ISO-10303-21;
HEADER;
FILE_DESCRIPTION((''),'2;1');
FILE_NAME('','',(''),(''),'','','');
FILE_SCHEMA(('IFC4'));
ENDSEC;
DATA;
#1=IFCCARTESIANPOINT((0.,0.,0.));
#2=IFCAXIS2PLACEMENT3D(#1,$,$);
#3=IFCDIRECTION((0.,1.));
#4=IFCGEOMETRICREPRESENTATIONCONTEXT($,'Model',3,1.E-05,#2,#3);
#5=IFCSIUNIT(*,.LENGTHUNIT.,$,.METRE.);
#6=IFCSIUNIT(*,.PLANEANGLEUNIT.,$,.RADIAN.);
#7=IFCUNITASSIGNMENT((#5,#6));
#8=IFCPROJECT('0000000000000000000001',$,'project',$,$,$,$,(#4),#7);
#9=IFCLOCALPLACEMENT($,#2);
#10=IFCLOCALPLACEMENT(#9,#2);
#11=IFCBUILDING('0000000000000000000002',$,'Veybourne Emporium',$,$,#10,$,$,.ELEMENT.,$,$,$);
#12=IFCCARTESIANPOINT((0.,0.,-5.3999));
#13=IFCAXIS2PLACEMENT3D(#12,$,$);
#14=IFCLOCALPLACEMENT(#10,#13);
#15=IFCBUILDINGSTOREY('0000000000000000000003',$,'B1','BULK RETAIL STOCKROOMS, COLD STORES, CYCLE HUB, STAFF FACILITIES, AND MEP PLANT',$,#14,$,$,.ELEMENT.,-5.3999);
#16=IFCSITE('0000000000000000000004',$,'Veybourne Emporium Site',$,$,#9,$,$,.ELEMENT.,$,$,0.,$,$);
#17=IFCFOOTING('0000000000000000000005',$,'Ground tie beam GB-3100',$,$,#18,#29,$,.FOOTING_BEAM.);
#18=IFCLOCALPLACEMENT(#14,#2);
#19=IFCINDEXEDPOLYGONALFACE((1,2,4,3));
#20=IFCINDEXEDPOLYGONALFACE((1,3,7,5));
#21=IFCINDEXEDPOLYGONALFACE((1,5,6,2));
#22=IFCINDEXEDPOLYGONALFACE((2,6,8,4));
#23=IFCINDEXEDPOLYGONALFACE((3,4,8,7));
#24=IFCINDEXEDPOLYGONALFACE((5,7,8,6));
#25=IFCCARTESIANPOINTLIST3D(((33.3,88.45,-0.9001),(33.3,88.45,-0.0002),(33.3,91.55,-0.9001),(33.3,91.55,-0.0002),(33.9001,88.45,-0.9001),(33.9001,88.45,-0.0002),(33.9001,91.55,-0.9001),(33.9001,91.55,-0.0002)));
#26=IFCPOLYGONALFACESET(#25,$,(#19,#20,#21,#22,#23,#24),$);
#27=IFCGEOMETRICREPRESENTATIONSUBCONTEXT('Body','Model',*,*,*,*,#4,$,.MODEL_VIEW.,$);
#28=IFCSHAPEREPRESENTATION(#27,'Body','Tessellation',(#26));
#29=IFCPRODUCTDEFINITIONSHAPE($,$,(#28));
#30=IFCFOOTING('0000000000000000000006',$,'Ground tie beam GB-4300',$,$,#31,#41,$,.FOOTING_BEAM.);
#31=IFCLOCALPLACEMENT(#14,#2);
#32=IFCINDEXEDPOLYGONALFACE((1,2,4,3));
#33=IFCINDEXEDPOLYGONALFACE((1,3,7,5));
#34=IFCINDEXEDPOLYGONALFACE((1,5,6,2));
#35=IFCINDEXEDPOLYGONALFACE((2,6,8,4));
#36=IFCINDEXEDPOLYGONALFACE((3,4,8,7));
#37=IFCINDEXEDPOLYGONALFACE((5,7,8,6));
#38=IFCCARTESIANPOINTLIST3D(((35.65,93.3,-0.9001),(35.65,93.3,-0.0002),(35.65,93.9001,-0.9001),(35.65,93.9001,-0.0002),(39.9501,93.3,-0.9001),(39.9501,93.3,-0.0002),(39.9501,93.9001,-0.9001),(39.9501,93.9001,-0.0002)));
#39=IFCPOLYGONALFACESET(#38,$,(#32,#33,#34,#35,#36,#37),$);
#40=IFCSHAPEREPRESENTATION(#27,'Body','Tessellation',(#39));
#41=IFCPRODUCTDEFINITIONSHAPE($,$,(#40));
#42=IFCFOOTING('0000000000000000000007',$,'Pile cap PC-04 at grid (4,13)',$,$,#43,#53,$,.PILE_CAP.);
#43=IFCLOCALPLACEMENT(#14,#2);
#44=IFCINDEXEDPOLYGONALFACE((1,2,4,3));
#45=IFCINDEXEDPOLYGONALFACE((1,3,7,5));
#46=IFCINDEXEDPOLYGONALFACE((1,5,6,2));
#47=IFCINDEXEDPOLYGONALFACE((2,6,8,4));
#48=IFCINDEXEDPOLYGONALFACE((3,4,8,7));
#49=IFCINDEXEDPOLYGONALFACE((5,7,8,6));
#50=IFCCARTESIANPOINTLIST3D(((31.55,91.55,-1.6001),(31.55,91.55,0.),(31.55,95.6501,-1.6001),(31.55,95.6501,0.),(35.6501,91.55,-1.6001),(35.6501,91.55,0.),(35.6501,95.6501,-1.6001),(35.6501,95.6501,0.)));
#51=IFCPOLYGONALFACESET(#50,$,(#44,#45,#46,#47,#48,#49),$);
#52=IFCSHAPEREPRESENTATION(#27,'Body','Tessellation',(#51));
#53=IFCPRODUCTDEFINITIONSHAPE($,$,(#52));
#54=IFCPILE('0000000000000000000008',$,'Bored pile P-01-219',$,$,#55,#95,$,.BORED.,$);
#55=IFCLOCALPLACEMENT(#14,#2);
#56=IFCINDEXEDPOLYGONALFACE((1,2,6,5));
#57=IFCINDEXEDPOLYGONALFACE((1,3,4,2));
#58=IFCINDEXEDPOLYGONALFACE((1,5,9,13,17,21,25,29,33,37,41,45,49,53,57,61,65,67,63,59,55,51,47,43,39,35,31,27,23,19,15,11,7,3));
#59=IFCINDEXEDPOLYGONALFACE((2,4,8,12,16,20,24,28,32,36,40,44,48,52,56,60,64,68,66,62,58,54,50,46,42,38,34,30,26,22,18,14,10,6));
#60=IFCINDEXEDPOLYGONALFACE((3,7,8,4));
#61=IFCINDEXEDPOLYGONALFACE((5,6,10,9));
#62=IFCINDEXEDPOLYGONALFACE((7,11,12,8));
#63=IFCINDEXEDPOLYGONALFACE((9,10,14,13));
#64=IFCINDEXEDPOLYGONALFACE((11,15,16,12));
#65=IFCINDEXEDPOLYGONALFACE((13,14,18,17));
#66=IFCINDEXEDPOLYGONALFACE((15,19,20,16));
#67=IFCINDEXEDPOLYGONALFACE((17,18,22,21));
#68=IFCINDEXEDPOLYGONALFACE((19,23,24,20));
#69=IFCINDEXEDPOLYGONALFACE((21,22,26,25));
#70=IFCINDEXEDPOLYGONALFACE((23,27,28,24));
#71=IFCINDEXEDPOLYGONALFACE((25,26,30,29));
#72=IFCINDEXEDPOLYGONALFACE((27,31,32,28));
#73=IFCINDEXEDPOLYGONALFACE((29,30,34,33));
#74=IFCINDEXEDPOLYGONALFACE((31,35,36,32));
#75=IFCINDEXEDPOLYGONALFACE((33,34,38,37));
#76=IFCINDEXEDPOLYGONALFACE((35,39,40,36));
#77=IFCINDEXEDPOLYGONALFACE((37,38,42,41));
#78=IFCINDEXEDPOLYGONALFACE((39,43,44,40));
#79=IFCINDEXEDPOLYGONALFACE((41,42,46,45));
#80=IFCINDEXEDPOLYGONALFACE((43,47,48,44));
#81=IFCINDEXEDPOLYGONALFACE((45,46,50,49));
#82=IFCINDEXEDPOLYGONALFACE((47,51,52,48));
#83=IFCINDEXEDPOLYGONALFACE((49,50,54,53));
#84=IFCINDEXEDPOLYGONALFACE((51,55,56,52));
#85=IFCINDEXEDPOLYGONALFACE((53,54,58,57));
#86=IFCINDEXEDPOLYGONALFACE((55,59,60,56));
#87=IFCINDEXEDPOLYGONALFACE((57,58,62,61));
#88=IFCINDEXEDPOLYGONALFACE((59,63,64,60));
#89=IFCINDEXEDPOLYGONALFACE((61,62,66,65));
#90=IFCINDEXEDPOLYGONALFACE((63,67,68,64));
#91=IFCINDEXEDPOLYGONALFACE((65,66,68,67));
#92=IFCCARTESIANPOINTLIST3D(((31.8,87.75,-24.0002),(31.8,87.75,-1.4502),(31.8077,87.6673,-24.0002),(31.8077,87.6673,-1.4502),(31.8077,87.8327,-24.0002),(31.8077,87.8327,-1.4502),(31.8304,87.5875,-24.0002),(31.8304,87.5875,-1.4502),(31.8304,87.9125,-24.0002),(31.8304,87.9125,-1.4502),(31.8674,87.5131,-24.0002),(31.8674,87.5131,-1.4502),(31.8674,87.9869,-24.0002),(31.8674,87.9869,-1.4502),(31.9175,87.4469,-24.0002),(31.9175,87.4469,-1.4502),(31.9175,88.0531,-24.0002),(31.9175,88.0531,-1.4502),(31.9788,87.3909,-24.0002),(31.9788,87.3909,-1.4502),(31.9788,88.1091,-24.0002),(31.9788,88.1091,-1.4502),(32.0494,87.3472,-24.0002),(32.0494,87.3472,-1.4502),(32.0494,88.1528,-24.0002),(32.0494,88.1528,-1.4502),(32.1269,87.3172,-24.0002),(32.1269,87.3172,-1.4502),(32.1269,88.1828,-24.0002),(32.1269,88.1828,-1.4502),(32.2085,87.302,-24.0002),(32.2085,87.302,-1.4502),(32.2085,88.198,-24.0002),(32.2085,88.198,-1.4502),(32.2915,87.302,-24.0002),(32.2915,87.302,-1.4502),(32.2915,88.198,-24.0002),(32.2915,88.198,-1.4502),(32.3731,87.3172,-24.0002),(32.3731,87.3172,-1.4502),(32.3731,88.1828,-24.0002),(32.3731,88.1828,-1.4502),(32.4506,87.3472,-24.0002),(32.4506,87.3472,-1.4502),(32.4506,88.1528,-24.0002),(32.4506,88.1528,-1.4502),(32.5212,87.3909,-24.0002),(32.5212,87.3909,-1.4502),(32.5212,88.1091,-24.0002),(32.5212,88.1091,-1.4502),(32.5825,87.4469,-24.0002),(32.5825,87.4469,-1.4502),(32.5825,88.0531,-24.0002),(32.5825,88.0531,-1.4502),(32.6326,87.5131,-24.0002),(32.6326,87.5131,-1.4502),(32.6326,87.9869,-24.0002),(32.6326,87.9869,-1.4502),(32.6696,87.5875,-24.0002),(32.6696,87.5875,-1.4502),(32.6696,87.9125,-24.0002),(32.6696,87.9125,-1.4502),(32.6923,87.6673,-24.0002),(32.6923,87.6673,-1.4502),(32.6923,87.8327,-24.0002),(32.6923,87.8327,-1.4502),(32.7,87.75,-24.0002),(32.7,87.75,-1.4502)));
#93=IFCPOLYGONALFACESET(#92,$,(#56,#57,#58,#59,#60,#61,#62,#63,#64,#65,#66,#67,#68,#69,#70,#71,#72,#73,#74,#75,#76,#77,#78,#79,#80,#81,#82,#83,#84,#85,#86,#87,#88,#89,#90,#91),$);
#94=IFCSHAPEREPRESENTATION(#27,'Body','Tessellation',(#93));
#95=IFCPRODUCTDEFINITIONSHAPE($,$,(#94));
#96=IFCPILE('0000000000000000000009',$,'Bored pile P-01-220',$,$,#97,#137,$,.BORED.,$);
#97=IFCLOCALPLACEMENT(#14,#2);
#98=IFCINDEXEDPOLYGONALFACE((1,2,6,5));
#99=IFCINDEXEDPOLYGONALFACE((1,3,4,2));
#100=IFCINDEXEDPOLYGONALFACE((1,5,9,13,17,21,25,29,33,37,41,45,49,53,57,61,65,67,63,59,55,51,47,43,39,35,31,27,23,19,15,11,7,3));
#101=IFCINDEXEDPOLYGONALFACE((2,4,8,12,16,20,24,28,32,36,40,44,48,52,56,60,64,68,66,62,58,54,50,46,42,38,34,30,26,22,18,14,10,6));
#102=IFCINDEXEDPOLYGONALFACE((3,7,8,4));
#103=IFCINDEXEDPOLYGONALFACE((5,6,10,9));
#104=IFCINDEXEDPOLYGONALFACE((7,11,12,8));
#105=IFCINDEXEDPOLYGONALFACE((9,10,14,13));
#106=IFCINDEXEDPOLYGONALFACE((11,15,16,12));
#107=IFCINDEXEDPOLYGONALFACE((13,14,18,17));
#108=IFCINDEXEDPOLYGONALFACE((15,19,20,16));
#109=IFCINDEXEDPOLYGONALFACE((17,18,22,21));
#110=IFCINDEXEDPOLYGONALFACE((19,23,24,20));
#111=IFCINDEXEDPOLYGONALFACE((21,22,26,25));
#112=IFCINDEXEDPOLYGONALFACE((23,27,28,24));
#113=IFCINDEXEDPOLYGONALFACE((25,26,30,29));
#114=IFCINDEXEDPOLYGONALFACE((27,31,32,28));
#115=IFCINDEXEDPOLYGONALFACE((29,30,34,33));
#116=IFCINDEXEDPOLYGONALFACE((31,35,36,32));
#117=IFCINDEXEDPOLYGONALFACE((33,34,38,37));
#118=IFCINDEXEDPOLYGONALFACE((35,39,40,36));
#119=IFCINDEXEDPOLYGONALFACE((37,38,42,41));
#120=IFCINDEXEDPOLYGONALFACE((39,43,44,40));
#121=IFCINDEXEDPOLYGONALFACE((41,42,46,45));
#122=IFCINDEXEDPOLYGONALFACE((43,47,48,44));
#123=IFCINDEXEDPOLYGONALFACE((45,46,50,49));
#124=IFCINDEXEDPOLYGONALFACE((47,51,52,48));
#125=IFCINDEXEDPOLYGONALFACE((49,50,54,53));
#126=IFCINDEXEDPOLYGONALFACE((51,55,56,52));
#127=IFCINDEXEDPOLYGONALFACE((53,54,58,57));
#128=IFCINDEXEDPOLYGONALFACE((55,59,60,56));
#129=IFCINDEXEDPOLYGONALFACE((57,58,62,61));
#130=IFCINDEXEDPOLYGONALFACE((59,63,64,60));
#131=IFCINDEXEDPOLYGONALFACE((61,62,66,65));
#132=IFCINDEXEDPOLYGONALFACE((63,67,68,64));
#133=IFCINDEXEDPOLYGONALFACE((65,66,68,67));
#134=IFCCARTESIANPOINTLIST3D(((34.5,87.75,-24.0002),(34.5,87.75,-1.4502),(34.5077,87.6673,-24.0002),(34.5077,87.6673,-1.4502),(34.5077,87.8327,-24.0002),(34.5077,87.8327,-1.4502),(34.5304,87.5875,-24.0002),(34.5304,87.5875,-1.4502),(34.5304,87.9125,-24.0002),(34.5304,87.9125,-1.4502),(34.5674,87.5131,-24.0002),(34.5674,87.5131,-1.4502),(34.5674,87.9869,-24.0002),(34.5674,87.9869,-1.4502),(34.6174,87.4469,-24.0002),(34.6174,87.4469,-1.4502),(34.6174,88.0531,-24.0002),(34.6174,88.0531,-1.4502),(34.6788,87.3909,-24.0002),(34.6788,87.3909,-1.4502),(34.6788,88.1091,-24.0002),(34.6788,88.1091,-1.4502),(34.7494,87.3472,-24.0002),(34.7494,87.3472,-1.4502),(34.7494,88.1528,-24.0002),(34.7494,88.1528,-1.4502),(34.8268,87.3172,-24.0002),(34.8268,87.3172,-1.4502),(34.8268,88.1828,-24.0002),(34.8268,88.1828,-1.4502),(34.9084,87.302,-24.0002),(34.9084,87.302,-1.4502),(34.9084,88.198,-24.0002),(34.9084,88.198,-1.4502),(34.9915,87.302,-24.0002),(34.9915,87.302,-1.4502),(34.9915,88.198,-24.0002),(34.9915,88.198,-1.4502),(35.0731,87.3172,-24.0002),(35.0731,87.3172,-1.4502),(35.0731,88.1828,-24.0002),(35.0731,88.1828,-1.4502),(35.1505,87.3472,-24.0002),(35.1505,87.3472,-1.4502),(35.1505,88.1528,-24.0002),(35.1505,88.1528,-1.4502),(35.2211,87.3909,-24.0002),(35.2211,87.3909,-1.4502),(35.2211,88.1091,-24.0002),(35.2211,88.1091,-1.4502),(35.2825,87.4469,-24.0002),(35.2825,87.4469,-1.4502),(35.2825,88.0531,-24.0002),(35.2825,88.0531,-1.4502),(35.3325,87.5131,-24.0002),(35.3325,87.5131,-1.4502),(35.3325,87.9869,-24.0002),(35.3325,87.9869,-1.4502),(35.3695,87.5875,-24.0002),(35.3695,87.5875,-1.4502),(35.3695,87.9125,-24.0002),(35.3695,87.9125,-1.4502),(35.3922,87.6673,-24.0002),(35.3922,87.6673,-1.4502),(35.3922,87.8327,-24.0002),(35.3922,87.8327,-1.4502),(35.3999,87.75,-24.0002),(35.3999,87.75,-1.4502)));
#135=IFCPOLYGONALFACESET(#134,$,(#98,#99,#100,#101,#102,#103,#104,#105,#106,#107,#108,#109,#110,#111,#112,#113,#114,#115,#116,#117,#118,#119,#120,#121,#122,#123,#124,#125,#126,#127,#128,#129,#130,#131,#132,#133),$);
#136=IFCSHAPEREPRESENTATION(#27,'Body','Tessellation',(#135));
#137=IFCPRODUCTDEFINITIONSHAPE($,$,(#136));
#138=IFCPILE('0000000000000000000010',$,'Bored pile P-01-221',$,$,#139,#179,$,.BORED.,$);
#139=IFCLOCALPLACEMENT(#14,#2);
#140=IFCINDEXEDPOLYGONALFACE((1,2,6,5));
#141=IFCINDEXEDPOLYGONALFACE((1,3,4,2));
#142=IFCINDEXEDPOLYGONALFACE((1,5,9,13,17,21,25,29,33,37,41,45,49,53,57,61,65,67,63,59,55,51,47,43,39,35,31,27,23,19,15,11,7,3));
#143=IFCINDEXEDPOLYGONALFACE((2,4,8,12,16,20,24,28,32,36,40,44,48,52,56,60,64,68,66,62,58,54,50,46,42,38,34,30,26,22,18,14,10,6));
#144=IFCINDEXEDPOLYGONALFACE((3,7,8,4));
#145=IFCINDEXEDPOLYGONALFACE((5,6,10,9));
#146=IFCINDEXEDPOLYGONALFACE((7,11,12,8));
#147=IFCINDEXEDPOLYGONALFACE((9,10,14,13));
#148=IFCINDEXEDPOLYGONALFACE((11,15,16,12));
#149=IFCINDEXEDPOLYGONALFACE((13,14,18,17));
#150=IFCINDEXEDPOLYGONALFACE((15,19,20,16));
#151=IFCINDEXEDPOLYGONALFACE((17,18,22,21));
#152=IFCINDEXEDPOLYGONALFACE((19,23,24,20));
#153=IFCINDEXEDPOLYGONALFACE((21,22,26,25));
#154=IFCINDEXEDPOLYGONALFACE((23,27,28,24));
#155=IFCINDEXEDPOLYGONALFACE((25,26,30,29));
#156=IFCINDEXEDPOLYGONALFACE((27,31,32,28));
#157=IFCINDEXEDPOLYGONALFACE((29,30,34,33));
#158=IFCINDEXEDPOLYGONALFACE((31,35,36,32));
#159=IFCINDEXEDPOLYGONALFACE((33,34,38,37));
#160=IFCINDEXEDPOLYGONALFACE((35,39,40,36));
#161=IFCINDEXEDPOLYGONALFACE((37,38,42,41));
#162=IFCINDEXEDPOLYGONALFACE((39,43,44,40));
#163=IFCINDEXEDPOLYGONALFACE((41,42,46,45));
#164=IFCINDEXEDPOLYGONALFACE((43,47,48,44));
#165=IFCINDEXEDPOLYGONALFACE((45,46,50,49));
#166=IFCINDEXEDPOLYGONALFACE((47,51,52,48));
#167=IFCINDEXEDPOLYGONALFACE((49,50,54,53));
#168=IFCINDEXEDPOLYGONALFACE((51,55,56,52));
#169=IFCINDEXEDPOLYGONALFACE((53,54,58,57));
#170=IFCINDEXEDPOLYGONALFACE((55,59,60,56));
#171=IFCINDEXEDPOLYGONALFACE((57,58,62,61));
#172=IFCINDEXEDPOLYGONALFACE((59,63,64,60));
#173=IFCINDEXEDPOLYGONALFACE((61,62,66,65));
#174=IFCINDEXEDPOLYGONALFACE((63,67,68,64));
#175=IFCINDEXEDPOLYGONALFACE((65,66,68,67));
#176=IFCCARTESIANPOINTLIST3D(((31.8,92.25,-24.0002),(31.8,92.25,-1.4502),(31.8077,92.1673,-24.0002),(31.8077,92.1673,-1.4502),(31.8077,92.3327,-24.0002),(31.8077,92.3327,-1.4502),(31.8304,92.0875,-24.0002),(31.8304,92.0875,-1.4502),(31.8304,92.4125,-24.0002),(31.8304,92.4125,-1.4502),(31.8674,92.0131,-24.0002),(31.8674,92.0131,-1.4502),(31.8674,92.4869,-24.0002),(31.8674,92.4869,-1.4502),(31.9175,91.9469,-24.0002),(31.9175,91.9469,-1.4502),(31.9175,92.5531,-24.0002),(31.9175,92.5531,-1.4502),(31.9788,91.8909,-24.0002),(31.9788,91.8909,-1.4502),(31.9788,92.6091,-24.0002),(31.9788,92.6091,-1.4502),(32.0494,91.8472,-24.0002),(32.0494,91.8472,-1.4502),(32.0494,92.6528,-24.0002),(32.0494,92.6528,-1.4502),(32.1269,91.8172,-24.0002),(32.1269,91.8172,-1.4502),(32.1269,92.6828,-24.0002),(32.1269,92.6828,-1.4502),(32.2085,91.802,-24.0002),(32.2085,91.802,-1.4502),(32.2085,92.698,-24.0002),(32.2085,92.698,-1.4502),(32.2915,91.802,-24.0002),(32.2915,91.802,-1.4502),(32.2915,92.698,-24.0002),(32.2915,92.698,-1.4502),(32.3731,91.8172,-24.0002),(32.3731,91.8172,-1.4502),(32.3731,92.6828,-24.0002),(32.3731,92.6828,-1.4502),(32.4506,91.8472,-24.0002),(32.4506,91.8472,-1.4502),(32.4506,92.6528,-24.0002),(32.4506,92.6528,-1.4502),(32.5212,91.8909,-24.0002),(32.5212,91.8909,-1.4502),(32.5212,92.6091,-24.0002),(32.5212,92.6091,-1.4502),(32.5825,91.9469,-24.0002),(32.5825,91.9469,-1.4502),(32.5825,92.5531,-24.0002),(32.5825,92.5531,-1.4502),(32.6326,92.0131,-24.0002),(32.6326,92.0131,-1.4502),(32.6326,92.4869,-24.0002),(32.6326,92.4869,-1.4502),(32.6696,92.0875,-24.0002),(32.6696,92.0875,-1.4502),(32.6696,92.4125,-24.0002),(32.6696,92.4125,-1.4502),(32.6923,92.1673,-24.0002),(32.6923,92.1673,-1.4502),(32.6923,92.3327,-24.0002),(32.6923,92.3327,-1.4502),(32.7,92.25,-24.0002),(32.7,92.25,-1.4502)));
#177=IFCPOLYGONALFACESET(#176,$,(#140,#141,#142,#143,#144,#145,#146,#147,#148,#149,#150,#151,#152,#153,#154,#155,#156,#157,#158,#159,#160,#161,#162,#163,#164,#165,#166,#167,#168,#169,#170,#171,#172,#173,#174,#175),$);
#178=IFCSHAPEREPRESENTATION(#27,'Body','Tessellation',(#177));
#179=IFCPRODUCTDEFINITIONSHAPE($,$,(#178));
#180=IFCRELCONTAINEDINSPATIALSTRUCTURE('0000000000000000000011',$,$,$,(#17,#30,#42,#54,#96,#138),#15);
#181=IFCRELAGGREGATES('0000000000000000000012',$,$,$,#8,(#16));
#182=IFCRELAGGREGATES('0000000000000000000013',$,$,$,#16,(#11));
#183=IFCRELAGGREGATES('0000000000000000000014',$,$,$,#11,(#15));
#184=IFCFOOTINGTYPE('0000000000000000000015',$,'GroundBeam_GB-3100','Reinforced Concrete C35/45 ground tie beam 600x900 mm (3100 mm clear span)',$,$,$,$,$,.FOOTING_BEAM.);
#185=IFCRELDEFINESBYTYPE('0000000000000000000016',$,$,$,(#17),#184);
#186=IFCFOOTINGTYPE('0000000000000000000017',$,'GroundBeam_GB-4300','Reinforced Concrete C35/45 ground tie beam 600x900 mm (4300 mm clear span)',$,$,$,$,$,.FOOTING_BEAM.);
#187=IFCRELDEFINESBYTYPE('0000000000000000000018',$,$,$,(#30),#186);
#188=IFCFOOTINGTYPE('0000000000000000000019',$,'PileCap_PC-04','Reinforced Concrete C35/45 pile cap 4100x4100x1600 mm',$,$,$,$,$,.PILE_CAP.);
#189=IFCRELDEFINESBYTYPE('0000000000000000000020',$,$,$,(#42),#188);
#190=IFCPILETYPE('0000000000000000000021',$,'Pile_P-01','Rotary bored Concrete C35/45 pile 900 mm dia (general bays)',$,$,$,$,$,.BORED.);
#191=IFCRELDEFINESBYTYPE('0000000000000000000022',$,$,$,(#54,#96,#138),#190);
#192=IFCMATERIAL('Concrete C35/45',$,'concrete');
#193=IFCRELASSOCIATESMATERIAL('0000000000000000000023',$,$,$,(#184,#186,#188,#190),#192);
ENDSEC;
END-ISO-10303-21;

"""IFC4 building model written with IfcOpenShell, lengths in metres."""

from ifc_helpers import new_model, si_unit, direction, frame, origin, origin_2d, place, context, subcontext, project, spatial, rectangle, circle, extrude, material, material_profile, profile_set, type_object, element, save


model = new_model("IFC4")

# Units and contexts
model_context = context("Model", 3, precision=1e-05, world=origin(), true_north=direction((0.0, 1.0)))
body_context = subcontext(model_context, "Body", "Model", "MODEL_VIEW")
ifc_project = project(units=[si_unit("LENGTHUNIT", "METRE"), si_unit("PLANEANGLEUNIT", "RADIAN")], contexts=[model_context])

# Site, building, storey
site_placement = place(None, origin())
site = spatial("IfcSite", under=ifc_project, at=site_placement, Name="Veybourne Emporium Site", CompositionType="ELEMENT", RefElevation=0.0)
building_placement = place(site_placement, origin())
building = spatial("IfcBuilding", under=site, at=building_placement, Name="Veybourne Emporium", CompositionType="ELEMENT")
storey_placement = place(building_placement, frame((0.0, 0.0, -5.3999)))
storey = spatial("IfcBuildingStorey", under=building, at=storey_placement, Name="B1", Description="BULK RETAIL STOCKROOMS, COLD STORES, CYCLE HUB, STAFF FACILITIES, AND MEP PLANT", CompositionType="ELEMENT", Elevation=-5.3999)

# Footings
ifc_material_1 = material(Name="Concrete C35/45", Category="concrete")
footing_type_1 = type_object("IfcFootingType", Name="GroundBeam_GB-3100", Description="Reinforced Concrete C35/45 ground tie beam 600x900 mm (3100 mm clear span)", PredefinedType="FOOTING_BEAM", material=ifc_material_1)
footing_1_placement = place(storey_placement, frame((33.6001, 90.0, -0.9001), z_axis=(0.0, 0.0, 1.0), x_axis=(0.0, 1.0, 0.0)))
element("IfcFooting", 1, at=footing_1_placement, inside=storey, type_object=footing_type_1, Name="Ground tie beam GB-3100", PredefinedType="FOOTING_BEAM", context=body_context, shape_type="SweptSolid", body=[
    extrude(rectangle(XDim=3.1001, YDim=0.6001, at=origin_2d()), origin(), (0.0, 0.0, 1.0), 0.8999),
])
footing_type_2 = type_object("IfcFootingType", Name="GroundBeam_GB-4300", Description="Reinforced Concrete C35/45 ground tie beam 600x900 mm (4300 mm clear span)", PredefinedType="FOOTING_BEAM", material=ifc_material_1)
footing_2_placement = place(storey_placement, frame((37.8, 93.6001, -0.9001), z_axis=(0.0, 0.0, 1.0), x_axis=(1.0, 0.0, 0.0)))
element("IfcFooting", 2, at=footing_2_placement, inside=storey, type_object=footing_type_2, Name="Ground tie beam GB-4300", PredefinedType="FOOTING_BEAM", context=body_context, shape_type="SweptSolid", body=[
    extrude(rectangle(XDim=4.3, YDim=0.6001, at=origin_2d()), origin(), (0.0, 0.0, 1.0), 0.8999),
])
footing_type_3 = type_object("IfcFootingType", Name="PileCap_PC-04", Description="Reinforced Concrete C35/45 pile cap 4100x4100x1600 mm", PredefinedType="PILE_CAP", material=ifc_material_1)
footing_3_placement = place(storey_placement, frame((33.6001, 93.6001, -1.6001), z_axis=(0.0, 0.0, 1.0), x_axis=(1.0, 0.0, 0.0)))
element("IfcFooting", 3, at=footing_3_placement, inside=storey, type_object=footing_type_3, Name="Pile cap PC-04 at grid (4,13)", PredefinedType="PILE_CAP", context=body_context, shape_type="SweptSolid", body=[
    extrude(rectangle(XDim=4.1001, YDim=4.1001, at=origin_2d()), origin(), (0.0, 0.0, 1.0), 1.6001),
])

# Piles
ifc_material_profile_1 = material_profile(ifc_material_1, circle(Radius=0.45, at=origin_2d()), Name="BORED PILE 900")
ifc_profile_set_1 = profile_set([ifc_material_profile_1], Name="Concrete C35/45")
pile_type = type_object("IfcPileType", Name="Pile_P-01", Description="Rotary bored Concrete C35/45 pile 900 mm dia (general bays)", PredefinedType="BORED", material=ifc_profile_set_1)
for number, where, z_axis, x_axis, name in (
    (4, (32.25, 87.75, -1.4502), (0.0, 0.0, -1.0), (1.0, 0.0, 0.0), "Bored pile P-01-219"),
    (5, (34.95, 87.75, -1.4502), (0.0, 0.0, -1.0), (1.0, 0.0, 0.0), "Bored pile P-01-220"),
    (6, (32.25, 92.25, -1.4502), (0.0, 0.0, -1.0), (1.0, 0.0, 0.0), "Bored pile P-01-221"),
):
    element("IfcPile", number, at=place(storey_placement, frame(where, z_axis=z_axis, x_axis=x_axis)), inside=storey, type_object=pile_type, Name=name, PredefinedType="BORED", context=body_context, shape_type="SweptSolid", body=[
        extrude(circle(Radius=0.45, at=origin_2d()), origin(), (0.0, 0.0, 1.0), 22.55),
    ])

save(model, "model.ifc")
